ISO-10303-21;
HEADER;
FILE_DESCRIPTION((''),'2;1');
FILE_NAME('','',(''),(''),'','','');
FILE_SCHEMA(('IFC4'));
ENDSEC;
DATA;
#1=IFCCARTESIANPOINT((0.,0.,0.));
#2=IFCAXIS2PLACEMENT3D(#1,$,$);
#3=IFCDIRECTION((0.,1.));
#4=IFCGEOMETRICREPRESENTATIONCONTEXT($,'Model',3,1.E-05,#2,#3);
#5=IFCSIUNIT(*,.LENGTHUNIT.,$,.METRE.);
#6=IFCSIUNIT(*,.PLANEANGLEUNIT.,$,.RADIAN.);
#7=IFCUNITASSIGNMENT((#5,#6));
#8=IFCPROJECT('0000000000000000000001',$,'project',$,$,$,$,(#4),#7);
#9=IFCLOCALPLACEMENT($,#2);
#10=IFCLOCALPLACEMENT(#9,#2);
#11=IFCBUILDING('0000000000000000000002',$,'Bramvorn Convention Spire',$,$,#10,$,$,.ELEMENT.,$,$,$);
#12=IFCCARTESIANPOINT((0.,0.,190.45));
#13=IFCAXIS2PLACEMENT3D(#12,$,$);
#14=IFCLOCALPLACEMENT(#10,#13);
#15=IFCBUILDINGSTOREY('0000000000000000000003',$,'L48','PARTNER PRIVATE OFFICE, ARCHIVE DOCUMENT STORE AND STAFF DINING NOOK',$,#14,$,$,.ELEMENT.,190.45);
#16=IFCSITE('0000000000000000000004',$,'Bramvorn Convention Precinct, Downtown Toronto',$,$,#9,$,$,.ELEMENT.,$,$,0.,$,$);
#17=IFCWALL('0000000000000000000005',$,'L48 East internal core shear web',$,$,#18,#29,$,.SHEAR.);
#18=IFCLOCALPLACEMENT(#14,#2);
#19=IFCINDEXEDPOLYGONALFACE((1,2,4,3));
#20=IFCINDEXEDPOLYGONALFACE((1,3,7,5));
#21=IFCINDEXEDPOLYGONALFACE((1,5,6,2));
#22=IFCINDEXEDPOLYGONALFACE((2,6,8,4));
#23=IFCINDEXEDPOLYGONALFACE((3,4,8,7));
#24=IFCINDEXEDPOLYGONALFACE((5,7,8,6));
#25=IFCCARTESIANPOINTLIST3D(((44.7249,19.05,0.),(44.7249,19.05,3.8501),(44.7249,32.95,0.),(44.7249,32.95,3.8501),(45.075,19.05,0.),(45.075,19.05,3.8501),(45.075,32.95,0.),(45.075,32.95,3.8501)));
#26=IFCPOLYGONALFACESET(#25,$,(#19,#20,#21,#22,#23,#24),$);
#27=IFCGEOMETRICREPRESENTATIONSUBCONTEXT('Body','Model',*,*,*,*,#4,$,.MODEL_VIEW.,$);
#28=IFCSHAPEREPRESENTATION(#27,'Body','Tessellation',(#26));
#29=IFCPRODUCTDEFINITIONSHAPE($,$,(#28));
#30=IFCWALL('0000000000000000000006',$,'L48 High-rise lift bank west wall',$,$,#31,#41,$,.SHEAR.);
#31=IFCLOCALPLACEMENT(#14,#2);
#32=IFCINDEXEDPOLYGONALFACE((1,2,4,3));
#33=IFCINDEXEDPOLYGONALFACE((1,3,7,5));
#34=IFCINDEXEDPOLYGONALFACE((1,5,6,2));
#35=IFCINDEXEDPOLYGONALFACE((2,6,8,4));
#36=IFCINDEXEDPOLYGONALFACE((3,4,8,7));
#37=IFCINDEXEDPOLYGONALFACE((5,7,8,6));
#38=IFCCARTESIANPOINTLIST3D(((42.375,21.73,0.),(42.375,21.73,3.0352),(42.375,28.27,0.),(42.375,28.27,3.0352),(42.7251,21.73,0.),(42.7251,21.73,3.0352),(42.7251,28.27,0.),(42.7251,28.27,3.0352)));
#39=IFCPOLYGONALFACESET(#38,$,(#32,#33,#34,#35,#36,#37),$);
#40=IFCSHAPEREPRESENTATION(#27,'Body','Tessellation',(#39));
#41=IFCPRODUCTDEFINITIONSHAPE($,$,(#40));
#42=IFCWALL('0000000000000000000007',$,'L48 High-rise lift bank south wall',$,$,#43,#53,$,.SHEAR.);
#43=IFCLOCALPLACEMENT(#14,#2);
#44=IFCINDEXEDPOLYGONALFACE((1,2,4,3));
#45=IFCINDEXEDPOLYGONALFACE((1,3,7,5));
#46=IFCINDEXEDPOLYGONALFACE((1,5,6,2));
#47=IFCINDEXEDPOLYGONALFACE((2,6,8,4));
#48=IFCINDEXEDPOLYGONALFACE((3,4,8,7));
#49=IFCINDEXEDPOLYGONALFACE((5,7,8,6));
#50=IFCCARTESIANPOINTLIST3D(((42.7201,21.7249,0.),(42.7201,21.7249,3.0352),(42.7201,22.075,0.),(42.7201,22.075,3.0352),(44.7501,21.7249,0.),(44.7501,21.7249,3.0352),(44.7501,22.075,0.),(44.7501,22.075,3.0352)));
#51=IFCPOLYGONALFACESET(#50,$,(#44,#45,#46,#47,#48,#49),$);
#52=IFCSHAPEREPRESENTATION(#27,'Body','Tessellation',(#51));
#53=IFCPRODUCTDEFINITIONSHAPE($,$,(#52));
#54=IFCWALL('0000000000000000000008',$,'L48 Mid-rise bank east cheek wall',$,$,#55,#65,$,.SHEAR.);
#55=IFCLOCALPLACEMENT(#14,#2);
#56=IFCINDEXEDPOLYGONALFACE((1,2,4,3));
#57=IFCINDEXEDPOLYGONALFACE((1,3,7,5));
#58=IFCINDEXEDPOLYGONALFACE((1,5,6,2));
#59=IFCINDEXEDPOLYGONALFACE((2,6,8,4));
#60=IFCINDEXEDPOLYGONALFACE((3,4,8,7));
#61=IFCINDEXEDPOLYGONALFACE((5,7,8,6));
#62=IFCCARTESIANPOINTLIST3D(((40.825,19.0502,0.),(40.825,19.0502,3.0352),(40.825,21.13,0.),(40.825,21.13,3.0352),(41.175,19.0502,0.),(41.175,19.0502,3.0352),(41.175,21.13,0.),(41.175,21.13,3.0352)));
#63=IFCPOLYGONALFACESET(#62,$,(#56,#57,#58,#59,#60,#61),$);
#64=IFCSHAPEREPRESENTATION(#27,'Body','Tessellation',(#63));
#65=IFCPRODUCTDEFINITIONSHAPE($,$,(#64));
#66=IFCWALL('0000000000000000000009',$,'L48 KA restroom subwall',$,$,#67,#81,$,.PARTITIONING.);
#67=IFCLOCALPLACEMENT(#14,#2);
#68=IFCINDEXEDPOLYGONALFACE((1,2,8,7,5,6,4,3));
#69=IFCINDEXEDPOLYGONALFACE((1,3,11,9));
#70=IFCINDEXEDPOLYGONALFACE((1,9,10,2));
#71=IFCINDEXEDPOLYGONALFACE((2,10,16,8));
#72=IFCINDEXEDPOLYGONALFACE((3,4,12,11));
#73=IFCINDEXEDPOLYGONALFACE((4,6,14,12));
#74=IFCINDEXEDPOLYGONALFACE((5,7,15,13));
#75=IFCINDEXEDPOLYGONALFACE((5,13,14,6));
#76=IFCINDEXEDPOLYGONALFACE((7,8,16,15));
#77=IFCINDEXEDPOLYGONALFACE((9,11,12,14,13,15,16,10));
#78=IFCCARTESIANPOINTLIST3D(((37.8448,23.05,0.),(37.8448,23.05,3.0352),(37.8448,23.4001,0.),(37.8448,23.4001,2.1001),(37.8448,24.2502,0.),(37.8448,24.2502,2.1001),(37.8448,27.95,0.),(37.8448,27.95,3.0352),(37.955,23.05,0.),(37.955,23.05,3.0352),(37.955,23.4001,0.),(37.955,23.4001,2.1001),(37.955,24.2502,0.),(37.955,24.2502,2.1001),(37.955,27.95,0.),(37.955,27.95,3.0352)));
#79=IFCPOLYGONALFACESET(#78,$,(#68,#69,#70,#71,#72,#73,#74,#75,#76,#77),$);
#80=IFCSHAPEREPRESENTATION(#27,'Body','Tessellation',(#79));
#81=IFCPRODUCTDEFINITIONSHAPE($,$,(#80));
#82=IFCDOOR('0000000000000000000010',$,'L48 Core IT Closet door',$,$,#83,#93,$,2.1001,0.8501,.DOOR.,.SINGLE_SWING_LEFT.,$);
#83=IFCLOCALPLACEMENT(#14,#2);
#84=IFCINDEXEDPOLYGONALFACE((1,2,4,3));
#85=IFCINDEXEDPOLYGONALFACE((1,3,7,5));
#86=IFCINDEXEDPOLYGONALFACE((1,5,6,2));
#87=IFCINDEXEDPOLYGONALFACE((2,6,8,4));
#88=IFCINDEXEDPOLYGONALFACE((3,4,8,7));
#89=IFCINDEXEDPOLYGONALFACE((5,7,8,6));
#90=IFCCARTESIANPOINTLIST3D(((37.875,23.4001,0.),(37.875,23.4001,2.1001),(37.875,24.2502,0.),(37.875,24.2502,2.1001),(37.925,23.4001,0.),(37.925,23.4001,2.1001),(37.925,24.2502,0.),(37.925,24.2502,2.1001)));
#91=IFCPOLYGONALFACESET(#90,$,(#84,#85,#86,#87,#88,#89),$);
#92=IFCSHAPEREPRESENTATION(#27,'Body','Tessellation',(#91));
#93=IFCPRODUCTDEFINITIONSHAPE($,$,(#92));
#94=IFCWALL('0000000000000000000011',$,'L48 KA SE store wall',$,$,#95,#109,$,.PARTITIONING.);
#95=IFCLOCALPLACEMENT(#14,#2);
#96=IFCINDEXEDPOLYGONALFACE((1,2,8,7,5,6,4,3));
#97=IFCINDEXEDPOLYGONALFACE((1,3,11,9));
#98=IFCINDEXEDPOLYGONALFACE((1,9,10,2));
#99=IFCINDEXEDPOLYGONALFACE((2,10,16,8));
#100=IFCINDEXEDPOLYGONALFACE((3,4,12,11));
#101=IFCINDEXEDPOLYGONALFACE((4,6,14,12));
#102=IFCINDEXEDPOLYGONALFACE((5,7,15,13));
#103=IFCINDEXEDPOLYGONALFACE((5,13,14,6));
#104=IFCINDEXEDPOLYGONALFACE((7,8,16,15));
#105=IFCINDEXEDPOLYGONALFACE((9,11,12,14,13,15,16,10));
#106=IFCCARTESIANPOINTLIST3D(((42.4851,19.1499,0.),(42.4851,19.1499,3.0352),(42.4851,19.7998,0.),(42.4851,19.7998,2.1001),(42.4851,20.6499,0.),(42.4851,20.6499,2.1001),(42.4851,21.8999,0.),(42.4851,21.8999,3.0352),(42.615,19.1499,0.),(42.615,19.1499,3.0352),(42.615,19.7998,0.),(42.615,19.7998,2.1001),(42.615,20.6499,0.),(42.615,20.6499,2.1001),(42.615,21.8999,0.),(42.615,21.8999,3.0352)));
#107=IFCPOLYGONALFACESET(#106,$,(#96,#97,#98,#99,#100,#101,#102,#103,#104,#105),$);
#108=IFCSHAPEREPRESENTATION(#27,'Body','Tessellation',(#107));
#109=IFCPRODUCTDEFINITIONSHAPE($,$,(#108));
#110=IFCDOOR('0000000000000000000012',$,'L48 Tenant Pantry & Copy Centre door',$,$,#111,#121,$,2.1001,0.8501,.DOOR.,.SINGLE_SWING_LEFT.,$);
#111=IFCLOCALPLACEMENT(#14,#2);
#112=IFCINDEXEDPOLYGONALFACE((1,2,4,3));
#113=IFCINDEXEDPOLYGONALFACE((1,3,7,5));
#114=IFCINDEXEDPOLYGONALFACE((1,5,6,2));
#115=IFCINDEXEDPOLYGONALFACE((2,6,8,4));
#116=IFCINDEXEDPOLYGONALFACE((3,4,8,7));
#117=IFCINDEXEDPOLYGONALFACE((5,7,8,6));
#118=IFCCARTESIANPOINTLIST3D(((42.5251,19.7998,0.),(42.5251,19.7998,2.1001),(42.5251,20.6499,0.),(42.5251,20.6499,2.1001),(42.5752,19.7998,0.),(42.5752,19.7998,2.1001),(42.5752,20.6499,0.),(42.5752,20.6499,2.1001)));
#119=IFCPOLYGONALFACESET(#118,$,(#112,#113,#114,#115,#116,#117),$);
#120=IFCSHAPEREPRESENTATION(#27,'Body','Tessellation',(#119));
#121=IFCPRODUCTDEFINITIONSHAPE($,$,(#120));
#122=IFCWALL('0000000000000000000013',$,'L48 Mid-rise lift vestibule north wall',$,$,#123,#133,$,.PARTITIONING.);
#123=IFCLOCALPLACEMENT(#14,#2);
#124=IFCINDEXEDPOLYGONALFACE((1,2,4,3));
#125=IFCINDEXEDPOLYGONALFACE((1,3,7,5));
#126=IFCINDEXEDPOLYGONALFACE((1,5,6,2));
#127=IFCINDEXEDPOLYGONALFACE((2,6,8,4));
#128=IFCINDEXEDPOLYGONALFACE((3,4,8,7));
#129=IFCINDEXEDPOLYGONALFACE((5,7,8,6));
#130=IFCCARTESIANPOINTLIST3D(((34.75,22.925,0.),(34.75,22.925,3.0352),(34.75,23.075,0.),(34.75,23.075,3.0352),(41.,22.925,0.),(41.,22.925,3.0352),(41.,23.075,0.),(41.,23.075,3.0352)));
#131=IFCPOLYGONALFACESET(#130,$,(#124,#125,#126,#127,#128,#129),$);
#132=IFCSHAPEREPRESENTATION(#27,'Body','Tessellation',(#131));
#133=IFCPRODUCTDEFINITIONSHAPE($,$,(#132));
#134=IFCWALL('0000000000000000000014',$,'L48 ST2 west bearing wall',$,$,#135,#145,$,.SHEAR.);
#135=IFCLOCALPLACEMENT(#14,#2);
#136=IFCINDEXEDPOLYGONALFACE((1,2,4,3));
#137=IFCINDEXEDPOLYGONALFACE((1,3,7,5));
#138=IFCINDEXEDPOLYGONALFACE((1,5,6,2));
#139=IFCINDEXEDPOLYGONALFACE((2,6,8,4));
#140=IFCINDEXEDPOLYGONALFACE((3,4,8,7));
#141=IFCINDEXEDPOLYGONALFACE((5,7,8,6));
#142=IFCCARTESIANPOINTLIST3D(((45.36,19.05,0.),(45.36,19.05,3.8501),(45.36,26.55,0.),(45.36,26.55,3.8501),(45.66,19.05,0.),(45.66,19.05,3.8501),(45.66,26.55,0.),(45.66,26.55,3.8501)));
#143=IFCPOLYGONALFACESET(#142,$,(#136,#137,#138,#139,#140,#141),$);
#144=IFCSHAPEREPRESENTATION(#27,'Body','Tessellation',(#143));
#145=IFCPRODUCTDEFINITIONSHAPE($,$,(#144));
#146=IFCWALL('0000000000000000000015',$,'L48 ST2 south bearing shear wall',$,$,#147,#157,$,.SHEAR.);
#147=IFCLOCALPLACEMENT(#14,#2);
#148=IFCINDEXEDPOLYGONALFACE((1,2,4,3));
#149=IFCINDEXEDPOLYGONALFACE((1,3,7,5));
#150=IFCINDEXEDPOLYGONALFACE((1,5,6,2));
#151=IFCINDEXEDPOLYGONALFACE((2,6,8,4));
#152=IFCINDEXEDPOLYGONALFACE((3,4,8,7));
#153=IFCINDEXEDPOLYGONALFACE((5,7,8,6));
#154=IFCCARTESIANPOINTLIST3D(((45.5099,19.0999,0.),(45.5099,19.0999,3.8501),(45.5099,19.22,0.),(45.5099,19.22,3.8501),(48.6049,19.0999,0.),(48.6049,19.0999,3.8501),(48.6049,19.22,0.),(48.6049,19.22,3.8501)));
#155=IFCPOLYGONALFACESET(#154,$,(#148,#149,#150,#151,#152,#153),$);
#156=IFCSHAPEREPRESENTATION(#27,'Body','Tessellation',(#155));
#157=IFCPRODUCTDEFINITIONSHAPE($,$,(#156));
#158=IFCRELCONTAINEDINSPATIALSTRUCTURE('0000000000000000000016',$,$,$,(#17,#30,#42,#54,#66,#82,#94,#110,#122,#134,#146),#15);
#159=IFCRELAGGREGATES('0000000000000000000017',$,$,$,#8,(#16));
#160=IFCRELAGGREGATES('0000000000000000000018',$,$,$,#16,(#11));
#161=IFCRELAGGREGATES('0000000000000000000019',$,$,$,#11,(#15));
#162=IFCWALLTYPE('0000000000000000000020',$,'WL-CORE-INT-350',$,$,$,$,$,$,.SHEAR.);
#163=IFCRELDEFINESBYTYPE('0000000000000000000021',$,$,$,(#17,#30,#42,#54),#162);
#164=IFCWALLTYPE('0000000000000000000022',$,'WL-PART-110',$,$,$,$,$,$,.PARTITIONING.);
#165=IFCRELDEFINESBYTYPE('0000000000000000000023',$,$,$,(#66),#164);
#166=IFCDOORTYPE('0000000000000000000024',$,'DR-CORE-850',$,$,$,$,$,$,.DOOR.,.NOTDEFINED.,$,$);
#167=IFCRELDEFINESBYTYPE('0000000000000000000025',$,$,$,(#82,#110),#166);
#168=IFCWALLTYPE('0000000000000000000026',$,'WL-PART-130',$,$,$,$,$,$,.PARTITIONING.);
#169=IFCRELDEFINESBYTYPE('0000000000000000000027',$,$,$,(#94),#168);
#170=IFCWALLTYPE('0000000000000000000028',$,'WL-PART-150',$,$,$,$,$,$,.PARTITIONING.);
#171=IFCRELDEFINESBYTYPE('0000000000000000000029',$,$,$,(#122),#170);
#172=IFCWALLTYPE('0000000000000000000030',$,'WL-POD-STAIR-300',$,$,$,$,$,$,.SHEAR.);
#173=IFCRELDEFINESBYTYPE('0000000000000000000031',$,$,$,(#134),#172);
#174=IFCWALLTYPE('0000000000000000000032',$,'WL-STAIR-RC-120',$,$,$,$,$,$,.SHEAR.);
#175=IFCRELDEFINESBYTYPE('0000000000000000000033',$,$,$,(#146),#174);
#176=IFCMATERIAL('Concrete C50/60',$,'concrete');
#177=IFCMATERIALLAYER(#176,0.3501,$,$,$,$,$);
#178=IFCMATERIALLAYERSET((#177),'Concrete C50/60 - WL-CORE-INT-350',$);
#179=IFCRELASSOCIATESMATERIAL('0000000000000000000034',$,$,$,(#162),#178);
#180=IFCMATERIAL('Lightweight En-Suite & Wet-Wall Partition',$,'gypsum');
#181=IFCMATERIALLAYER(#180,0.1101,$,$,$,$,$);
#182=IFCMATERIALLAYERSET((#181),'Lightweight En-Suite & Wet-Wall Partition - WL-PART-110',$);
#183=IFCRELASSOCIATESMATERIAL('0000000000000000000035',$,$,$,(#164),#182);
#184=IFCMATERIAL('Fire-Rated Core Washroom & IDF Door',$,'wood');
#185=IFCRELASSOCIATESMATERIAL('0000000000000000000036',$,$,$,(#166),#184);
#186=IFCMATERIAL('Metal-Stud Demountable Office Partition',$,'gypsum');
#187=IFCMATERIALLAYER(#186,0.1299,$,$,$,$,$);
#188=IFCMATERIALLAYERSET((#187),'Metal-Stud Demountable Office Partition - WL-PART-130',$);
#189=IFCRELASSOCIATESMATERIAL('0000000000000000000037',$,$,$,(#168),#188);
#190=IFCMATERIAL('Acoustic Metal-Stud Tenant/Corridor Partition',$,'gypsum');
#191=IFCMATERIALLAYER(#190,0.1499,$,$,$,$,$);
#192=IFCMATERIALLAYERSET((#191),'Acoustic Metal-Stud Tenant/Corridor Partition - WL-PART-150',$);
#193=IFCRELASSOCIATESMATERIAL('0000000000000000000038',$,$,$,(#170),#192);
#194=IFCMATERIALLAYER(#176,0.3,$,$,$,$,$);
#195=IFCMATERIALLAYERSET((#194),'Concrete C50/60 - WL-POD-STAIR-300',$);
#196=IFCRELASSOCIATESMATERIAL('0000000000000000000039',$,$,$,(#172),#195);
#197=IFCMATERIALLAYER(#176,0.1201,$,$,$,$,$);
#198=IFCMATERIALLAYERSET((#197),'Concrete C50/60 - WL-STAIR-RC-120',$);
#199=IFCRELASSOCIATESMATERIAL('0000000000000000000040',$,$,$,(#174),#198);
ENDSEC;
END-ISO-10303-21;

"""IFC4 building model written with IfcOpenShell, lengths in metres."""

from ifc_helpers import new_model, si_unit, direction, frame, frame_2d, origin, place, context, subcontext, project, spatial, rectangle, extrude, material, layer, layer_set, type_object, element, fill, save


model = new_model("IFC4")

# Units and contexts
model_context = context("Model", 3, precision=1e-05, world=origin(), true_north=direction((0.0, 1.0)))
body_context = subcontext(model_context, "Body", "Model", "MODEL_VIEW")
ifc_project = project(units=[si_unit("LENGTHUNIT", "METRE"), si_unit("PLANEANGLEUNIT", "RADIAN")], contexts=[model_context])

# Site, building, storey
site_placement = place(None, origin())
site = spatial("IfcSite", under=ifc_project, at=site_placement, Name="Bramvorn Convention Precinct, Downtown Toronto", CompositionType="ELEMENT", RefElevation=0.0)
building_placement = place(site_placement, origin())
building = spatial("IfcBuilding", under=site, at=building_placement, Name="Bramvorn Convention Spire", CompositionType="ELEMENT")
storey_placement = place(building_placement, frame((0.0, 0.0, 190.45)))
storey = spatial("IfcBuildingStorey", under=building, at=storey_placement, Name="L48", Description="PARTNER PRIVATE OFFICE, ARCHIVE DOCUMENT STORE AND STAFF DINING NOOK", CompositionType="ELEMENT", Elevation=190.45)

# Walls
ifc_material_1 = material(Name="Concrete C50/60", Category="concrete")
ifc_layer_1 = layer(ifc_material_1, 0.3501)
ifc_layer_set_1 = layer_set([ifc_layer_1], Name="Concrete C50/60 - WL-CORE-INT-350")
wall_type_1 = type_object("IfcWallType", Name="WL-CORE-INT-350", PredefinedType="SHEAR", material=ifc_layer_set_1)
wall_1_placement = place(storey_placement, frame((44.8999, 19.05, 0.0), z_axis=(0.0, 0.0, 1.0), x_axis=(0.0, 1.0, 0.0)))
element("IfcWall", 1, at=wall_1_placement, inside=storey, type_object=wall_type_1, Name="L48 East internal core shear web", PredefinedType="SHEAR", context=body_context, shape_type="SweptSolid", body=[
    extrude(rectangle(XDim=13.8999, YDim=0.3501, at=frame_2d((6.95, 0.0))), origin(), (0.0, 0.0, 1.0), 3.8501),
])
wall_2_placement = place(storey_placement, frame((42.55, 21.73, 0.0), z_axis=(0.0, 0.0, 1.0), x_axis=(0.0, 1.0, 0.0)))
element("IfcWall", 2, at=wall_2_placement, inside=storey, type_object=wall_type_1, Name="L48 High-rise lift bank west wall", PredefinedType="SHEAR", context=body_context, shape_type="SweptSolid", body=[
    extrude(rectangle(XDim=6.54, YDim=0.3501, at=frame_2d((3.27, 0.0))), origin(), (0.0, 0.0, 1.0), 3.0352),
])
wall_3_placement = place(storey_placement, frame((42.72, 21.8999, 0.0), z_axis=(0.0, 0.0, 1.0), x_axis=(1.0, 0.0, 0.0)))
element("IfcWall", 3, at=wall_3_placement, inside=storey, type_object=wall_type_1, Name="L48 High-rise lift bank south wall", PredefinedType="SHEAR", context=body_context, shape_type="SweptSolid", body=[
    extrude(rectangle(XDim=2.03, YDim=0.3501, at=frame_2d((1.0151, 0.0))), origin(), (0.0, 0.0, 1.0), 3.0352),
])

# Wall
wall_4_placement = place(storey_placement, frame((41.0, 19.05, 0.0), z_axis=(0.0, 0.0, 1.0), x_axis=(0.0, 1.0, 0.0)))
element("IfcWall", 4, at=wall_4_placement, inside=storey, type_object=wall_type_1, Name="L48 Mid-rise bank east cheek wall", PredefinedType="SHEAR", context=body_context, shape_type="SweptSolid", body=[
    extrude(rectangle(XDim=2.0798, YDim=0.3501, at=frame_2d((1.04, 0.0))), origin(), (0.0, 0.0, 1.0), 3.0352),
])

# Walls, openings, doors
ifc_material_2 = material(Name="Lightweight En-Suite & Wet-Wall Partition", Category="gypsum")
ifc_layer_2 = layer(ifc_material_2, 0.1101)
ifc_layer_set_2 = layer_set([ifc_layer_2], Name="Lightweight En-Suite & Wet-Wall Partition - WL-PART-110")
wall_type_2 = type_object("IfcWallType", Name="WL-PART-110", PredefinedType="PARTITIONING", material=ifc_layer_set_2)
wall_5_placement = place(storey_placement, frame((37.8999, 23.05, 0.0), z_axis=(0.0, 0.0, 1.0), x_axis=(0.0, 1.0, 0.0)))
wall_5 = element("IfcWall", 5, at=wall_5_placement, inside=storey, type_object=wall_type_2, Name="L48 KA restroom subwall", PredefinedType="PARTITIONING", context=body_context, shape_type="SweptSolid", body=[
    extrude(rectangle(XDim=4.8999, YDim=0.1101, at=frame_2d((2.45, 0.0))), origin(), (0.0, 0.0, 1.0), 3.0352),
])
opening_1_placement = place(wall_5_placement, frame((0.3501, 0.0, 0.0)))
opening_1 = element("IfcOpeningElement", 6, at=opening_1_placement, cuts=wall_5, PredefinedType="OPENING", context=body_context, shape_type="SweptSolid", body=[
    extrude(rectangle(XDim=0.8501, YDim=2.1001, at=frame_2d((0.425, 1.05))), frame((0.0, 0.0649, 0.0), z_axis=(0.0, -1.0, 0.0), x_axis=(1.0, 0.0, 0.0)), (0.0, 0.0, 1.0), 0.1301),
])
ifc_material_3 = material(Name="Fire-Rated Core Washroom & IDF Door", Category="wood")
door_type_1 = type_object("IfcDoorType", Name="DR-CORE-850", OperationType="NOTDEFINED", PredefinedType="DOOR", material=ifc_material_3)
door_1_placement = place(opening_1_placement, origin())
door_1 = element("IfcDoor", 7, at=door_1_placement, inside=storey, type_object=door_type_1, Name="L48 Core IT Closet door", OperationType="SINGLE_SWING_LEFT", OverallHeight=2.1001, OverallWidth=0.8501, PredefinedType="DOOR", context=body_context, shape_type="SweptSolid", body=[
    extrude(rectangle(XDim=0.8501, YDim=2.1001, at=frame_2d((0.425, 1.05))), frame((0.0, 0.0249, 0.0), z_axis=(0.0, -1.0, 0.0), x_axis=(1.0, 0.0, 0.0)), (0.0, 0.0, 1.0), 0.05),
])
fill(opening_1, door_1)
ifc_material_4 = material(Name="Metal-Stud Demountable Office Partition", Category="gypsum")
ifc_layer_3 = layer(ifc_material_4, 0.1299)
ifc_layer_set_3 = layer_set([ifc_layer_3], Name="Metal-Stud Demountable Office Partition - WL-PART-130")
wall_type_3 = type_object("IfcWallType", Name="WL-PART-130", PredefinedType="PARTITIONING", material=ifc_layer_set_3)
wall_6_placement = place(storey_placement, frame((42.55, 19.1499, 0.0), z_axis=(0.0, 0.0, 1.0), x_axis=(0.0, 1.0, 0.0)))
wall_6 = element("IfcWall", 8, at=wall_6_placement, inside=storey, type_object=wall_type_3, Name="L48 KA SE store wall", PredefinedType="PARTITIONING", context=body_context, shape_type="SweptSolid", body=[
    extrude(rectangle(XDim=2.75, YDim=0.1299, at=frame_2d((1.375, 0.0))), origin(), (0.0, 0.0, 1.0), 3.0352),
])
opening_2_placement = place(wall_6_placement, frame((0.6499, 0.0, 0.0)))
opening_2 = element("IfcOpeningElement", 9, at=opening_2_placement, cuts=wall_6, PredefinedType="OPENING", context=body_context, shape_type="SweptSolid", body=[
    extrude(rectangle(XDim=0.8501, YDim=2.1001, at=frame_2d((0.425, 1.05))), frame((0.0, 0.075, 0.0), z_axis=(0.0, -1.0, 0.0), x_axis=(1.0, 0.0, 0.0)), (0.0, 0.0, 1.0), 0.1499),
])
door_2_placement = place(opening_2_placement, origin())
door_2 = element("IfcDoor", 10, at=door_2_placement, inside=storey, type_object=door_type_1, Name="L48 Tenant Pantry & Copy Centre door", OperationType="SINGLE_SWING_LEFT", OverallHeight=2.1001, OverallWidth=0.8501, PredefinedType="DOOR", context=body_context, shape_type="SweptSolid", body=[
    extrude(rectangle(XDim=0.8501, YDim=2.1001, at=frame_2d((0.425, 1.05))), frame((0.0, 0.0249, 0.0), z_axis=(0.0, -1.0, 0.0), x_axis=(1.0, 0.0, 0.0)), (0.0, 0.0, 1.0), 0.05),
])
fill(opening_2, door_2)

# Walls
ifc_material_5 = material(Name="Acoustic Metal-Stud Tenant/Corridor Partition", Category="gypsum")
ifc_layer_4 = layer(ifc_material_5, 0.1499)
ifc_layer_set_4 = layer_set([ifc_layer_4], Name="Acoustic Metal-Stud Tenant/Corridor Partition - WL-PART-150")
wall_type_4 = type_object("IfcWallType", Name="WL-PART-150", PredefinedType="PARTITIONING", material=ifc_layer_set_4)
wall_7_placement = place(storey_placement, frame((34.75, 23.0, 0.0), z_axis=(0.0, 0.0, 1.0), x_axis=(1.0, 0.0, 0.0)))
element("IfcWall", 11, at=wall_7_placement, inside=storey, type_object=wall_type_4, Name="L48 Mid-rise lift vestibule north wall", PredefinedType="PARTITIONING", context=body_context, shape_type="SweptSolid", body=[
    extrude(rectangle(XDim=6.25, YDim=0.1499, at=frame_2d((3.125, 0.0))), origin(), (0.0, 0.0, 1.0), 3.0352),
])
ifc_layer_5 = layer(ifc_material_1, 0.3)
ifc_layer_set_5 = layer_set([ifc_layer_5], Name="Concrete C50/60 - WL-POD-STAIR-300")
wall_type_5 = type_object("IfcWallType", Name="WL-POD-STAIR-300", PredefinedType="SHEAR", material=ifc_layer_set_5)
wall_8_placement = place(storey_placement, frame((45.51, 19.05, 0.0), z_axis=(0.0, 0.0, 1.0), x_axis=(0.0, 1.0, 0.0)))
element("IfcWall", 12, at=wall_8_placement, inside=storey, type_object=wall_type_5, Name="L48 ST2 west bearing wall", PredefinedType="SHEAR", context=body_context, shape_type="SweptSolid", body=[
    extrude(rectangle(XDim=7.5, YDim=0.3, at=frame_2d((3.75, 0.0))), origin(), (0.0, 0.0, 1.0), 3.8501),
])
ifc_layer_6 = layer(ifc_material_1, 0.1201)
ifc_layer_set_6 = layer_set([ifc_layer_6], Name="Concrete C50/60 - WL-STAIR-RC-120")
wall_type_6 = type_object("IfcWallType", Name="WL-STAIR-RC-120", PredefinedType="SHEAR", material=ifc_layer_set_6)
wall_9_placement = place(storey_placement, frame((45.51, 19.1599, 0.0), z_axis=(0.0, 0.0, 1.0), x_axis=(1.0, 0.0, 0.0)))
element("IfcWall", 13, at=wall_9_placement, inside=storey, type_object=wall_type_6, Name="L48 ST2 south bearing shear wall", PredefinedType="SHEAR", context=body_context, shape_type="SweptSolid", body=[
    extrude(rectangle(XDim=3.095, YDim=0.1201, at=frame_2d((1.5474, 0.0))), origin(), (0.0, 0.0, 1.0), 3.8501),
])

save(model, "model.ifc")
